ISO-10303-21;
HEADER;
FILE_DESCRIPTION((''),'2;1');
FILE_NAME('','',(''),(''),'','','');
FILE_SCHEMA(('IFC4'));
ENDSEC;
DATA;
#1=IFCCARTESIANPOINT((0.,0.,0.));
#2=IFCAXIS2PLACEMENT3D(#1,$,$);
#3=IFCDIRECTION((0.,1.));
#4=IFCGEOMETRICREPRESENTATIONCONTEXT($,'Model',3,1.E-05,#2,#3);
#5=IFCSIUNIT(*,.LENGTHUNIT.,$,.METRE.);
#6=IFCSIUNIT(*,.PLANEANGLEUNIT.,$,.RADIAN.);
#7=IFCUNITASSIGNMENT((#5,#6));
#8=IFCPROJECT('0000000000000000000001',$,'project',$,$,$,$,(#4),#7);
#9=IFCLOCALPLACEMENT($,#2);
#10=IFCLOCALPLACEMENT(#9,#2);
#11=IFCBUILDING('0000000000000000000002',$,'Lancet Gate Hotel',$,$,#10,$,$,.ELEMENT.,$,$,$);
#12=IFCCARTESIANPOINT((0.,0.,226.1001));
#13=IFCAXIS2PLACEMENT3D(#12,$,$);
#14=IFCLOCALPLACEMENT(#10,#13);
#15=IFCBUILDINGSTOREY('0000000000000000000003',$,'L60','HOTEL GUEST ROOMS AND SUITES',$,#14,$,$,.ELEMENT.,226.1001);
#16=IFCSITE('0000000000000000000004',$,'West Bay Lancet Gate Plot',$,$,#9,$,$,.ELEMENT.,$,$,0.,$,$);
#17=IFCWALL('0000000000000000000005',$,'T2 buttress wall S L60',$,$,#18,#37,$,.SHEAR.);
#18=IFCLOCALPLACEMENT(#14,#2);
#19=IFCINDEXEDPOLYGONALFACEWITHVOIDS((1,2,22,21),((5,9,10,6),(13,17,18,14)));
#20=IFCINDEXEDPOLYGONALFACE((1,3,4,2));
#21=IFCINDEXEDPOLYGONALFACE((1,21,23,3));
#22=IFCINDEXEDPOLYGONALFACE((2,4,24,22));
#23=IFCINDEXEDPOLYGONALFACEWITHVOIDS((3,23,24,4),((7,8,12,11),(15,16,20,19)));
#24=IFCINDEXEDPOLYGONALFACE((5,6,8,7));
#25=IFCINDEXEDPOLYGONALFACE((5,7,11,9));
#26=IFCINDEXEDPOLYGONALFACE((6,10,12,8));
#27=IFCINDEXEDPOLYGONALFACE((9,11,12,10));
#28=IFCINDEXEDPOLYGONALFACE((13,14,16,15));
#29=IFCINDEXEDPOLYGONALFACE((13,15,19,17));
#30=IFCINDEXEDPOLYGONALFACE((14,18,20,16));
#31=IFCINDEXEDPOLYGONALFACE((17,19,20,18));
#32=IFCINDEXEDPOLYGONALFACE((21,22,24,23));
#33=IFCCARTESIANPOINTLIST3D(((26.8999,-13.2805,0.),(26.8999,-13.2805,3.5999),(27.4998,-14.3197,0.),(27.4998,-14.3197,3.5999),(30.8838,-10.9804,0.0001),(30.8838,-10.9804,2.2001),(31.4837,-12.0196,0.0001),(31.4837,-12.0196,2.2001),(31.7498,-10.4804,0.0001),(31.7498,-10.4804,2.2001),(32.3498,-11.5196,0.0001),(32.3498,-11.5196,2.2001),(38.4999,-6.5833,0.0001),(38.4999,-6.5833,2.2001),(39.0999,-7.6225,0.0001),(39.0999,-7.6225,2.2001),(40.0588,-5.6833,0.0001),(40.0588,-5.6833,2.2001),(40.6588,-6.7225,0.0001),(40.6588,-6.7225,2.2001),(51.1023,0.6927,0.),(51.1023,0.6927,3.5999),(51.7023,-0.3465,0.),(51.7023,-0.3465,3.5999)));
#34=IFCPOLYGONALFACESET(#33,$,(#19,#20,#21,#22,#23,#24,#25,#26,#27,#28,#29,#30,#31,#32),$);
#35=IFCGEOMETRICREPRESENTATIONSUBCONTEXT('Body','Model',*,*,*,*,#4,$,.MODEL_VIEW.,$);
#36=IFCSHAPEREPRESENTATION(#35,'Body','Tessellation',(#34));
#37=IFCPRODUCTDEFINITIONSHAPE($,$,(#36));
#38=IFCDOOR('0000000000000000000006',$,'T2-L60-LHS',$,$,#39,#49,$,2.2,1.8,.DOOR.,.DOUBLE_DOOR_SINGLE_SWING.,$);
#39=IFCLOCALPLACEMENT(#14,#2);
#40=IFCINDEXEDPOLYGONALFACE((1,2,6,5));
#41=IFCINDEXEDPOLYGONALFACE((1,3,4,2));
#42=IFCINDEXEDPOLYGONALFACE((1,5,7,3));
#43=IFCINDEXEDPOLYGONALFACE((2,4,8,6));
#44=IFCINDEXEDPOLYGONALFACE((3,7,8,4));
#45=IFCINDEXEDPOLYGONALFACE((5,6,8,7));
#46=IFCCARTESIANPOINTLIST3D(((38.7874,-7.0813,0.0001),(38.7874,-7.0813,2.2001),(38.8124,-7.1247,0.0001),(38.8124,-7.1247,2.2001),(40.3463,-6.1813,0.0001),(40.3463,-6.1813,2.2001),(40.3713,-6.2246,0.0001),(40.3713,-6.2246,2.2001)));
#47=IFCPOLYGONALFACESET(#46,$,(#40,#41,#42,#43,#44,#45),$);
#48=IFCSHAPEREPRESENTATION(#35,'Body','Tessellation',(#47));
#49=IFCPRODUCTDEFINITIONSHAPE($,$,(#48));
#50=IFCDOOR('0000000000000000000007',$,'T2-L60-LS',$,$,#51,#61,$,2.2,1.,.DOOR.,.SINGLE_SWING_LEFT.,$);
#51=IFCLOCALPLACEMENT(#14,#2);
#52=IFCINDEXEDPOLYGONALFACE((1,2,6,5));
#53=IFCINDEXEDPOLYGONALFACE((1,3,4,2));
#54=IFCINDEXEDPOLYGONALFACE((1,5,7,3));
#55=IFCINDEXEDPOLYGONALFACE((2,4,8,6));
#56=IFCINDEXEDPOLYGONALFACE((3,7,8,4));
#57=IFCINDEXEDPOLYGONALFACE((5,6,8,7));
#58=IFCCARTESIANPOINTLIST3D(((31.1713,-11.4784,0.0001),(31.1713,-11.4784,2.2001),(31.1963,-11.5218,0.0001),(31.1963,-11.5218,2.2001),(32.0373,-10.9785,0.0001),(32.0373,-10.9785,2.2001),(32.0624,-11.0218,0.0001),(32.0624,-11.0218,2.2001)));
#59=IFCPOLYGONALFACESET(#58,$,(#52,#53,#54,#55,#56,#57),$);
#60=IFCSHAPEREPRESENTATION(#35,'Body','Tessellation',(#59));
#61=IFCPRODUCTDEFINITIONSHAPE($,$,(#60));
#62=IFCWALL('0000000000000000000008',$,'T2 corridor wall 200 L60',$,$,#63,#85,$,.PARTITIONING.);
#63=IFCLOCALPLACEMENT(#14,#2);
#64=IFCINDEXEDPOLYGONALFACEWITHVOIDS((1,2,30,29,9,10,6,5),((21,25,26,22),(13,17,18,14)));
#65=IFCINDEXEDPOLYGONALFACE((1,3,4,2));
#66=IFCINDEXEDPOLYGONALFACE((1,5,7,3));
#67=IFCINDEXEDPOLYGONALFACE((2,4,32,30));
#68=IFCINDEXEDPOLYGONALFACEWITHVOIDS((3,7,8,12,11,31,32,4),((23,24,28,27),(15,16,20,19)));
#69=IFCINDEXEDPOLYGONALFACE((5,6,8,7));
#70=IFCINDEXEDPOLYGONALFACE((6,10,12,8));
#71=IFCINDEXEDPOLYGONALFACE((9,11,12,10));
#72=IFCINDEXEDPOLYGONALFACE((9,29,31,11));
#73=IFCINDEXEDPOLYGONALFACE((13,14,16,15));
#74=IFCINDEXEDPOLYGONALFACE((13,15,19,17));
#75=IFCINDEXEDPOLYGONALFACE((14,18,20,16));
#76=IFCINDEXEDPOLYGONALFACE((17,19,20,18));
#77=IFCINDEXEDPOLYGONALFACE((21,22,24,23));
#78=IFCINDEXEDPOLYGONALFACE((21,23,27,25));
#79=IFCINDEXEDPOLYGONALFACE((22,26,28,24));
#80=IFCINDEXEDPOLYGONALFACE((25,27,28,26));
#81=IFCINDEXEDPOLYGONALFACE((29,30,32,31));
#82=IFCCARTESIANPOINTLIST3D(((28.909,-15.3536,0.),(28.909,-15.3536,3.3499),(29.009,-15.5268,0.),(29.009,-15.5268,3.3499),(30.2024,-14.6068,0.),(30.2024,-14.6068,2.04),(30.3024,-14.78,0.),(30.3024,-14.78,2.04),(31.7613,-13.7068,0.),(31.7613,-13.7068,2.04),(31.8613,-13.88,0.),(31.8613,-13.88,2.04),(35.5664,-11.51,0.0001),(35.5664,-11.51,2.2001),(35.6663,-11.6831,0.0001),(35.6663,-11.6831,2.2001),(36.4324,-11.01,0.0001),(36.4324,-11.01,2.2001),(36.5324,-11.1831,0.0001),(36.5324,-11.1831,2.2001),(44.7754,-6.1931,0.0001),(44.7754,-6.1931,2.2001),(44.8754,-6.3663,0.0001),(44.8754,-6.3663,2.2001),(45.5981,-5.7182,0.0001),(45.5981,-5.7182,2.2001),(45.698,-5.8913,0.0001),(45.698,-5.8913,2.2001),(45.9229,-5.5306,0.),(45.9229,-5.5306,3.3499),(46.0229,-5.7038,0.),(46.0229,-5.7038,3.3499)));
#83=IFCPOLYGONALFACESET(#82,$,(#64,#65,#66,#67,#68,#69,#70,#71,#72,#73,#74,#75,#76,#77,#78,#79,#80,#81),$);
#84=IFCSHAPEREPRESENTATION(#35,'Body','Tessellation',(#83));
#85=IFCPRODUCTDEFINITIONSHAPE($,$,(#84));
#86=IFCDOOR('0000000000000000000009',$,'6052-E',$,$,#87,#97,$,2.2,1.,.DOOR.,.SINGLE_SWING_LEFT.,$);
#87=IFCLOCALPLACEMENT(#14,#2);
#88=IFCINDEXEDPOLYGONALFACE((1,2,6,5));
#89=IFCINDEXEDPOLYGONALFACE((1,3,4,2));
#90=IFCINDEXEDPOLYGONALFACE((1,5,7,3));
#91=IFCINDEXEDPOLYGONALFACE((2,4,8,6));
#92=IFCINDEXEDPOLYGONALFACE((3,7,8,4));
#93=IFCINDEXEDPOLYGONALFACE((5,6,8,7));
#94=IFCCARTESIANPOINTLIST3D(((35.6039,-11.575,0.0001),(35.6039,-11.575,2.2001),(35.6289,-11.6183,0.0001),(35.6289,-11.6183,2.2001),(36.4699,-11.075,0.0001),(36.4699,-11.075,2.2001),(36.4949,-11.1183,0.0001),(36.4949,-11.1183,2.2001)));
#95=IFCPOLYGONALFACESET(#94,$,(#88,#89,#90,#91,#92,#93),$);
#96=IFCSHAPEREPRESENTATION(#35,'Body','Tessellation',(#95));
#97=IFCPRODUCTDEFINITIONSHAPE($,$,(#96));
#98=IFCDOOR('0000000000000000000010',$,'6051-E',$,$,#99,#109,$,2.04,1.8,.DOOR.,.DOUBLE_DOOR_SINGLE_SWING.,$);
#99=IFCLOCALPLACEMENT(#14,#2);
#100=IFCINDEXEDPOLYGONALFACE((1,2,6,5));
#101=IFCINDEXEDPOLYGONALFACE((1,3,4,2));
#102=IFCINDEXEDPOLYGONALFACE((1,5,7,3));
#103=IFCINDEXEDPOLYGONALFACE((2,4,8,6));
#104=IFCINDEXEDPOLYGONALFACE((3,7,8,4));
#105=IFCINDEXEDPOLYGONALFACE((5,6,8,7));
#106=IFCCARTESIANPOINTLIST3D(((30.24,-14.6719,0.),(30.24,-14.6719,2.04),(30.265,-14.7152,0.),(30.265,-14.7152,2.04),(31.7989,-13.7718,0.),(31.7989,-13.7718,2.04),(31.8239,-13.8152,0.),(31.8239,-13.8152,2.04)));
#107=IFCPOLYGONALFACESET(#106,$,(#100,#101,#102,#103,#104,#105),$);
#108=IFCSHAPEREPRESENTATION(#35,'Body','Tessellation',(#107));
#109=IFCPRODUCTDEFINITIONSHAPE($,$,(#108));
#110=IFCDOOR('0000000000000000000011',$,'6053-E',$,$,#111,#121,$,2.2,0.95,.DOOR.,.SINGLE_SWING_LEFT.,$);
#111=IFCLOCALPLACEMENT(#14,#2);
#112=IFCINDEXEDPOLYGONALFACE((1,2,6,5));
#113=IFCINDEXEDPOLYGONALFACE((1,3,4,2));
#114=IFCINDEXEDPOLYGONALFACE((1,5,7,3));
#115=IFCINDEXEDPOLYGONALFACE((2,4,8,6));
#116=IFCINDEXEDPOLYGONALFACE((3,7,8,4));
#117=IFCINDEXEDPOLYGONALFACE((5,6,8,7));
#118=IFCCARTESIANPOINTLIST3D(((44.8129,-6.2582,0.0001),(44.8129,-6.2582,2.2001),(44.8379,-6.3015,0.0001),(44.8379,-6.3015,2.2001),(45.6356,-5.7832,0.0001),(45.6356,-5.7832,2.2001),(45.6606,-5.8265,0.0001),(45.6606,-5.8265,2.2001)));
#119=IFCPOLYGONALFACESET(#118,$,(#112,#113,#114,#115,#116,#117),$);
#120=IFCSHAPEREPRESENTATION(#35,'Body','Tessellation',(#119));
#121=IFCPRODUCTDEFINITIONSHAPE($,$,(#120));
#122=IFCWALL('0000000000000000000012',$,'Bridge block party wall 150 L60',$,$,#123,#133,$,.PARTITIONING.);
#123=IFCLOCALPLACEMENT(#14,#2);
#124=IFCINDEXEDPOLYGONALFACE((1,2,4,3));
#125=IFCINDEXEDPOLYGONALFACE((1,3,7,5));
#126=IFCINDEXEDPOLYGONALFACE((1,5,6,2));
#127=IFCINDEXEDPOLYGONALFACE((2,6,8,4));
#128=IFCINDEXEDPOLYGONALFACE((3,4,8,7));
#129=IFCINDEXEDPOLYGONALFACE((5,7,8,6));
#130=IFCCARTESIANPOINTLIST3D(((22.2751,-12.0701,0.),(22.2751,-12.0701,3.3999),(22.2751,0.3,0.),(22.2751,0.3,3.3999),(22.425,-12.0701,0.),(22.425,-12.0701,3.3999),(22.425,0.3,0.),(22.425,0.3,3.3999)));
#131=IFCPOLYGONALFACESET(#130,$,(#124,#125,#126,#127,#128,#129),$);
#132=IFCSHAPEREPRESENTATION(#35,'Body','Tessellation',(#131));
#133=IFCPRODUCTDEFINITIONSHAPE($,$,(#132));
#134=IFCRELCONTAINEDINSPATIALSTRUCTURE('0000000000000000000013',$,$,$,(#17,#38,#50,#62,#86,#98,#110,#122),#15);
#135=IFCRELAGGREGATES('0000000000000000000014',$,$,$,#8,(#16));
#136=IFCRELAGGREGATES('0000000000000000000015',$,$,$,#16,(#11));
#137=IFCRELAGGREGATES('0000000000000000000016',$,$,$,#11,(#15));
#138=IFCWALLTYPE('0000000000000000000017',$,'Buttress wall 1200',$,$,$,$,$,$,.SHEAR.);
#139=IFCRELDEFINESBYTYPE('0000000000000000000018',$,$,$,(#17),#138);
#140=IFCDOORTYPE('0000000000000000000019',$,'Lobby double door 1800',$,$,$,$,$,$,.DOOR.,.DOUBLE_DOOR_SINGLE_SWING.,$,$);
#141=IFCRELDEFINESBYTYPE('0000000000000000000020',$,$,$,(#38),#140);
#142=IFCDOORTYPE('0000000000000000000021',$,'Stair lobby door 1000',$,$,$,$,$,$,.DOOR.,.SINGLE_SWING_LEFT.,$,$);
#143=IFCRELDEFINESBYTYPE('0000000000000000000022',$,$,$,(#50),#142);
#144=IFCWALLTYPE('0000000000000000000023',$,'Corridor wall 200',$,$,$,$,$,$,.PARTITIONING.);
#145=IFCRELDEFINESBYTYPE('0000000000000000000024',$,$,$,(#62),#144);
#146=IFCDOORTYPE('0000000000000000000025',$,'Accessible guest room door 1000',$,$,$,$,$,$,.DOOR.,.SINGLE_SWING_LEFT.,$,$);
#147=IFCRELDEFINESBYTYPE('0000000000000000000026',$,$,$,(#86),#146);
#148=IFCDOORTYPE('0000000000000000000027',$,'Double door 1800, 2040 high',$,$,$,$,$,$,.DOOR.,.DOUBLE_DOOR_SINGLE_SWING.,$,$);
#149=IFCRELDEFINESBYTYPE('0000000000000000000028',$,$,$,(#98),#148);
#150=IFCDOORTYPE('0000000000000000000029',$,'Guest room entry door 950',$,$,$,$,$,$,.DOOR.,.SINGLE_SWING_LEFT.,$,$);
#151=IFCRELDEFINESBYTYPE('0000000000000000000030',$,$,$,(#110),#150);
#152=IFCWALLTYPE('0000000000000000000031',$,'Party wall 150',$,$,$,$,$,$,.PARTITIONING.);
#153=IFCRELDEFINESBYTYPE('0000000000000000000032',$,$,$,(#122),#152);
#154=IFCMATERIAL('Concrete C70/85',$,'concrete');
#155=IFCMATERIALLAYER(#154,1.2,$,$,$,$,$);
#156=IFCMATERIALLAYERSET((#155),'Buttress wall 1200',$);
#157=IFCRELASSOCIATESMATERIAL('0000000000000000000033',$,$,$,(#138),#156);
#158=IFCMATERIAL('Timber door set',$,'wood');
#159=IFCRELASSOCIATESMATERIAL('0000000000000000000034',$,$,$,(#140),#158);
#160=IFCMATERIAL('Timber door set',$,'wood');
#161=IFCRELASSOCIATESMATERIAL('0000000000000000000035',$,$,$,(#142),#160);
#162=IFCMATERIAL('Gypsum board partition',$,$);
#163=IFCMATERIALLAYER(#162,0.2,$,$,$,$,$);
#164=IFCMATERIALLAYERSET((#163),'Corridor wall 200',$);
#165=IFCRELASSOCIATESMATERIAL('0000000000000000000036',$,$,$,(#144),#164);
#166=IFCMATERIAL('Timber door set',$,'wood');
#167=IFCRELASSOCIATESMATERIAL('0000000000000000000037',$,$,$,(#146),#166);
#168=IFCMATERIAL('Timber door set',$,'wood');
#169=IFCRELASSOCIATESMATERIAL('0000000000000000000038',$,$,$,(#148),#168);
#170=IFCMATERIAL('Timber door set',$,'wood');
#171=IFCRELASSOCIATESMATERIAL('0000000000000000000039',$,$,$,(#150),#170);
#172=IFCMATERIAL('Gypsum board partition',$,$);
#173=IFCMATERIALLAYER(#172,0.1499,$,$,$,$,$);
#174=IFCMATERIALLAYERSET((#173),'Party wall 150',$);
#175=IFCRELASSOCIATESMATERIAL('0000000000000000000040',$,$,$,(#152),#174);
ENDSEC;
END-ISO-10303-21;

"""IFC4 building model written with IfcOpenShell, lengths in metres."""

from ifc_helpers import new_model, si_unit, direction, frame, frame_2d, origin, place, context, subcontext, project, spatial, rectangle, extrude, material, layer, layer_set, type_object, element, fill, save


model = new_model("IFC4")

# Units and contexts
model_context = context("Model", 3, precision=1e-05, world=origin(), true_north=direction((0.0, 1.0)))
body_context = subcontext(model_context, "Body", "Model", "MODEL_VIEW")
ifc_project = project(units=[si_unit("LENGTHUNIT", "METRE"), si_unit("PLANEANGLEUNIT", "RADIAN")], contexts=[model_context])

# Site, building, storey
site_placement = place(None, origin())
site = spatial("IfcSite", under=ifc_project, at=site_placement, Name="West Bay Lancet Gate Plot", CompositionType="ELEMENT", RefElevation=0.0)
building_placement = place(site_placement, origin())
building = spatial("IfcBuilding", under=site, at=building_placement, Name="Lancet Gate Hotel", CompositionType="ELEMENT")
storey_placement = place(building_placement, frame((0.0, 0.0, 226.1001)))
storey = spatial("IfcBuildingStorey", under=building, at=storey_placement, Name="L60", Description="HOTEL GUEST ROOMS AND SUITES", CompositionType="ELEMENT", Elevation=226.1001)

# Walls, openings, doors
ifc_material_1 = material(Name="Concrete C70/85", Category="concrete")
ifc_layer_1 = layer(ifc_material_1, 1.2)
ifc_layer_set_1 = layer_set([ifc_layer_1], Name="Buttress wall 1200")
wall_type_1 = type_object("IfcWallType", Name="Buttress wall 1200", PredefinedType="SHEAR", material=ifc_layer_set_1)
wall_1_placement = place(storey_placement, frame((27.2, -13.8, 0.0), z_axis=(0.0, 0.0, 1.0), x_axis=(0.866027, 0.499997, 0.0)))
wall_1 = element("IfcWall", 1, at=wall_1_placement, inside=storey, type_object=wall_type_1, Name="T2 buttress wall S L60", PredefinedType="SHEAR", context=body_context, shape_type="SweptSolid", body=[
    extrude(rectangle(XDim=27.9465, YDim=1.2, at=frame_2d((13.9731, 0.0))), origin(), (0.0, 0.0, 1.0), 3.5999),
])
opening_1_placement = place(wall_1_placement, frame((4.6001, 0.0, 0.0)))
opening_1 = element("IfcOpeningElement", 2, at=opening_1_placement, cuts=wall_1, PredefinedType="OPENING", context=body_context, shape_type="SweptSolid", body=[
    extrude(rectangle(XDim=1.0, YDim=2.2, at=frame_2d((0.5, 1.1001))), frame((0.0, 0.6099, 0.0), z_axis=(0.0, -1.0, 0.0), x_axis=(1.0, 0.0, 0.0)), (0.0, 0.0, 1.0), 1.22),
])
opening_2_placement = place(wall_1_placement, frame((13.3945, 0.0, 0.0)))
opening_2 = element("IfcOpeningElement", 3, at=opening_2_placement, cuts=wall_1, PredefinedType="OPENING", context=body_context, shape_type="SweptSolid", body=[
    extrude(rectangle(XDim=1.8, YDim=2.2, at=frame_2d((0.8999, 1.1001))), frame((0.0, 0.6099, 0.0), z_axis=(0.0, -1.0, 0.0), x_axis=(1.0, 0.0, 0.0)), (0.0, 0.0, 1.0), 1.22),
])
ifc_material_2 = material(Name="Timber door set", Category="wood")
door_type_1 = type_object("IfcDoorType", Name="Lobby double door 1800", OperationType="DOUBLE_DOOR_SINGLE_SWING", PredefinedType="DOOR", material=ifc_material_2)
door_1_placement = place(opening_2_placement, origin())
door_1 = element("IfcDoor", 4, at=door_1_placement, inside=storey, type_object=door_type_1, Name="T2-L60-LHS", OperationType="DOUBLE_DOOR_SINGLE_SWING", OverallHeight=2.2, OverallWidth=1.8, PredefinedType="DOOR", context=body_context, shape_type="SweptSolid", body=[
    extrude(rectangle(XDim=1.8, YDim=2.2, at=frame_2d((0.8999, 1.1001))), frame((0.0, 0.0249, 0.0), z_axis=(0.0, -1.0, 0.0), x_axis=(1.0, 0.0, 0.0)), (0.0, 0.0, 1.0), 0.05),
])
fill(opening_2, door_1)
ifc_material_3 = material(Name="Timber door set", Category="wood")
door_type_2 = type_object("IfcDoorType", Name="Stair lobby door 1000", OperationType="SINGLE_SWING_LEFT", PredefinedType="DOOR", material=ifc_material_3)
door_2_placement = place(opening_1_placement, origin())
door_2 = element("IfcDoor", 5, at=door_2_placement, inside=storey, type_object=door_type_2, Name="T2-L60-LS", OperationType="SINGLE_SWING_LEFT", OverallHeight=2.2, OverallWidth=1.0, PredefinedType="DOOR", context=body_context, shape_type="SweptSolid", body=[
    extrude(rectangle(XDim=1.0, YDim=2.2, at=frame_2d((0.5, 1.1001))), frame((0.0, 0.0249, 0.0), z_axis=(0.0, -1.0, 0.0), x_axis=(1.0, 0.0, 0.0)), (0.0, 0.0, 1.0), 0.05),
])
fill(opening_1, door_2)
ifc_material_4 = material(Name="Gypsum board partition")
ifc_layer_2 = layer(ifc_material_4, 0.2)
ifc_layer_set_2 = layer_set([ifc_layer_2], Name="Corridor wall 200")
wall_type_2 = type_object("IfcWallType", Name="Corridor wall 200", PredefinedType="PARTITIONING", material=ifc_layer_set_2)
wall_2_placement = place(storey_placement, frame((28.959, -15.4402, 0.0), z_axis=(0.0, 0.0, 1.0), x_axis=(0.866025, 0.5, 0.0)))
wall_2 = element("IfcWall", 6, at=wall_2_placement, inside=storey, type_object=wall_type_2, Name="T2 corridor wall 200 L60", PredefinedType="PARTITIONING", context=body_context, shape_type="SweptSolid", body=[
    extrude(rectangle(XDim=19.646, YDim=0.2, at=frame_2d((9.823, 0.0))), origin(), (0.0, 0.0, 1.0), 3.3499),
])
opening_3_placement = place(wall_2_placement, frame((1.4937, 0.0, 0.0)))
opening_3 = element("IfcOpeningElement", 7, at=opening_3_placement, cuts=wall_2, PredefinedType="OPENING", context=body_context, shape_type="SweptSolid", body=[
    extrude(rectangle(XDim=1.8, YDim=2.04, at=frame_2d((0.8999, 1.02))), frame((0.0, 0.1099, 0.0), z_axis=(0.0, -1.0, 0.0), x_axis=(1.0, 0.0, 0.0)), (0.0, 0.0, 1.0), 0.22),
])
opening_4_placement = place(wall_2_placement, frame((7.6873, 0.0, 0.0)))
opening_4 = element("IfcOpeningElement", 8, at=opening_4_placement, cuts=wall_2, PredefinedType="OPENING", context=body_context, shape_type="SweptSolid", body=[
    extrude(rectangle(XDim=1.0, YDim=2.2, at=frame_2d((0.5, 1.1001))), frame((0.0, 0.1099, 0.0), z_axis=(0.0, -1.0, 0.0), x_axis=(1.0, 0.0, 0.0)), (0.0, 0.0, 1.0), 0.22),
])
opening_5_placement = place(wall_2_placement, frame((18.3208, 0.0, 0.0)))
opening_5 = element("IfcOpeningElement", 9, at=opening_5_placement, cuts=wall_2, PredefinedType="OPENING", context=body_context, shape_type="SweptSolid", body=[
    extrude(rectangle(XDim=0.95, YDim=2.2, at=frame_2d((0.4751, 1.1001))), frame((0.0, 0.1099, 0.0), z_axis=(0.0, -1.0, 0.0), x_axis=(1.0, 0.0, 0.0)), (0.0, 0.0, 1.0), 0.22),
])
ifc_material_5 = material(Name="Timber door set", Category="wood")
door_type_3 = type_object("IfcDoorType", Name="Accessible guest room door 1000", OperationType="SINGLE_SWING_LEFT", PredefinedType="DOOR", material=ifc_material_5)
door_3_placement = place(opening_4_placement, origin())
door_3 = element("IfcDoor", 10, at=door_3_placement, inside=storey, type_object=door_type_3, Name="6052-E", OperationType="SINGLE_SWING_LEFT", OverallHeight=2.2, OverallWidth=1.0, PredefinedType="DOOR", context=body_context, shape_type="SweptSolid", body=[
    extrude(rectangle(XDim=1.0, YDim=2.2, at=frame_2d((0.5, 1.1001))), frame((0.0, 0.0249, 0.0), z_axis=(0.0, -1.0, 0.0), x_axis=(1.0, 0.0, 0.0)), (0.0, 0.0, 1.0), 0.05),
])
fill(opening_4, door_3)
ifc_material_6 = material(Name="Timber door set", Category="wood")
door_type_4 = type_object("IfcDoorType", Name="Double door 1800, 2040 high", OperationType="DOUBLE_DOOR_SINGLE_SWING", PredefinedType="DOOR", material=ifc_material_6)
door_4_placement = place(opening_3_placement, origin())
door_4 = element("IfcDoor", 11, at=door_4_placement, inside=storey, type_object=door_type_4, Name="6051-E", OperationType="DOUBLE_DOOR_SINGLE_SWING", OverallHeight=2.04, OverallWidth=1.8, PredefinedType="DOOR", context=body_context, shape_type="SweptSolid", body=[
    extrude(rectangle(XDim=1.8, YDim=2.04, at=frame_2d((0.8999, 1.02))), frame((0.0, 0.0249, 0.0), z_axis=(0.0, -1.0, 0.0), x_axis=(1.0, 0.0, 0.0)), (0.0, 0.0, 1.0), 0.05),
])
fill(opening_3, door_4)
ifc_material_7 = material(Name="Timber door set", Category="wood")
door_type_5 = type_object("IfcDoorType", Name="Guest room entry door 950", OperationType="SINGLE_SWING_LEFT", PredefinedType="DOOR", material=ifc_material_7)
door_5_placement = place(opening_5_placement, origin())
door_5 = element("IfcDoor", 12, at=door_5_placement, inside=storey, type_object=door_type_5, Name="6053-E", OperationType="SINGLE_SWING_LEFT", OverallHeight=2.2, OverallWidth=0.95, PredefinedType="DOOR", context=body_context, shape_type="SweptSolid", body=[
    extrude(rectangle(XDim=0.95, YDim=2.2, at=frame_2d((0.4751, 1.1001))), frame((0.0, 0.0249, 0.0), z_axis=(0.0, -1.0, 0.0), x_axis=(1.0, 0.0, 0.0)), (0.0, 0.0, 1.0), 0.05),
])
fill(opening_5, door_5)

# Wall
ifc_material_8 = material(Name="Gypsum board partition")
ifc_layer_3 = layer(ifc_material_8, 0.1499)
ifc_layer_set_3 = layer_set([ifc_layer_3], Name="Party wall 150")
wall_type_3 = type_object("IfcWallType", Name="Party wall 150", PredefinedType="PARTITIONING", material=ifc_layer_set_3)
wall_3_placement = place(storey_placement, frame((22.3501, -12.0701, 0.0), z_axis=(0.0, 0.0, 1.0), x_axis=(0.0, 1.0, 0.0)))
element("IfcWall", 13, at=wall_3_placement, inside=storey, type_object=wall_type_3, Name="Bridge block party wall 150 L60", PredefinedType="PARTITIONING", context=body_context, shape_type="SweptSolid", body=[
    extrude(rectangle(XDim=12.3701, YDim=0.1499, at=frame_2d((6.1851, 0.0))), origin(), (0.0, 0.0, 1.0), 3.3999),
])

save(model, "model.ifc")
